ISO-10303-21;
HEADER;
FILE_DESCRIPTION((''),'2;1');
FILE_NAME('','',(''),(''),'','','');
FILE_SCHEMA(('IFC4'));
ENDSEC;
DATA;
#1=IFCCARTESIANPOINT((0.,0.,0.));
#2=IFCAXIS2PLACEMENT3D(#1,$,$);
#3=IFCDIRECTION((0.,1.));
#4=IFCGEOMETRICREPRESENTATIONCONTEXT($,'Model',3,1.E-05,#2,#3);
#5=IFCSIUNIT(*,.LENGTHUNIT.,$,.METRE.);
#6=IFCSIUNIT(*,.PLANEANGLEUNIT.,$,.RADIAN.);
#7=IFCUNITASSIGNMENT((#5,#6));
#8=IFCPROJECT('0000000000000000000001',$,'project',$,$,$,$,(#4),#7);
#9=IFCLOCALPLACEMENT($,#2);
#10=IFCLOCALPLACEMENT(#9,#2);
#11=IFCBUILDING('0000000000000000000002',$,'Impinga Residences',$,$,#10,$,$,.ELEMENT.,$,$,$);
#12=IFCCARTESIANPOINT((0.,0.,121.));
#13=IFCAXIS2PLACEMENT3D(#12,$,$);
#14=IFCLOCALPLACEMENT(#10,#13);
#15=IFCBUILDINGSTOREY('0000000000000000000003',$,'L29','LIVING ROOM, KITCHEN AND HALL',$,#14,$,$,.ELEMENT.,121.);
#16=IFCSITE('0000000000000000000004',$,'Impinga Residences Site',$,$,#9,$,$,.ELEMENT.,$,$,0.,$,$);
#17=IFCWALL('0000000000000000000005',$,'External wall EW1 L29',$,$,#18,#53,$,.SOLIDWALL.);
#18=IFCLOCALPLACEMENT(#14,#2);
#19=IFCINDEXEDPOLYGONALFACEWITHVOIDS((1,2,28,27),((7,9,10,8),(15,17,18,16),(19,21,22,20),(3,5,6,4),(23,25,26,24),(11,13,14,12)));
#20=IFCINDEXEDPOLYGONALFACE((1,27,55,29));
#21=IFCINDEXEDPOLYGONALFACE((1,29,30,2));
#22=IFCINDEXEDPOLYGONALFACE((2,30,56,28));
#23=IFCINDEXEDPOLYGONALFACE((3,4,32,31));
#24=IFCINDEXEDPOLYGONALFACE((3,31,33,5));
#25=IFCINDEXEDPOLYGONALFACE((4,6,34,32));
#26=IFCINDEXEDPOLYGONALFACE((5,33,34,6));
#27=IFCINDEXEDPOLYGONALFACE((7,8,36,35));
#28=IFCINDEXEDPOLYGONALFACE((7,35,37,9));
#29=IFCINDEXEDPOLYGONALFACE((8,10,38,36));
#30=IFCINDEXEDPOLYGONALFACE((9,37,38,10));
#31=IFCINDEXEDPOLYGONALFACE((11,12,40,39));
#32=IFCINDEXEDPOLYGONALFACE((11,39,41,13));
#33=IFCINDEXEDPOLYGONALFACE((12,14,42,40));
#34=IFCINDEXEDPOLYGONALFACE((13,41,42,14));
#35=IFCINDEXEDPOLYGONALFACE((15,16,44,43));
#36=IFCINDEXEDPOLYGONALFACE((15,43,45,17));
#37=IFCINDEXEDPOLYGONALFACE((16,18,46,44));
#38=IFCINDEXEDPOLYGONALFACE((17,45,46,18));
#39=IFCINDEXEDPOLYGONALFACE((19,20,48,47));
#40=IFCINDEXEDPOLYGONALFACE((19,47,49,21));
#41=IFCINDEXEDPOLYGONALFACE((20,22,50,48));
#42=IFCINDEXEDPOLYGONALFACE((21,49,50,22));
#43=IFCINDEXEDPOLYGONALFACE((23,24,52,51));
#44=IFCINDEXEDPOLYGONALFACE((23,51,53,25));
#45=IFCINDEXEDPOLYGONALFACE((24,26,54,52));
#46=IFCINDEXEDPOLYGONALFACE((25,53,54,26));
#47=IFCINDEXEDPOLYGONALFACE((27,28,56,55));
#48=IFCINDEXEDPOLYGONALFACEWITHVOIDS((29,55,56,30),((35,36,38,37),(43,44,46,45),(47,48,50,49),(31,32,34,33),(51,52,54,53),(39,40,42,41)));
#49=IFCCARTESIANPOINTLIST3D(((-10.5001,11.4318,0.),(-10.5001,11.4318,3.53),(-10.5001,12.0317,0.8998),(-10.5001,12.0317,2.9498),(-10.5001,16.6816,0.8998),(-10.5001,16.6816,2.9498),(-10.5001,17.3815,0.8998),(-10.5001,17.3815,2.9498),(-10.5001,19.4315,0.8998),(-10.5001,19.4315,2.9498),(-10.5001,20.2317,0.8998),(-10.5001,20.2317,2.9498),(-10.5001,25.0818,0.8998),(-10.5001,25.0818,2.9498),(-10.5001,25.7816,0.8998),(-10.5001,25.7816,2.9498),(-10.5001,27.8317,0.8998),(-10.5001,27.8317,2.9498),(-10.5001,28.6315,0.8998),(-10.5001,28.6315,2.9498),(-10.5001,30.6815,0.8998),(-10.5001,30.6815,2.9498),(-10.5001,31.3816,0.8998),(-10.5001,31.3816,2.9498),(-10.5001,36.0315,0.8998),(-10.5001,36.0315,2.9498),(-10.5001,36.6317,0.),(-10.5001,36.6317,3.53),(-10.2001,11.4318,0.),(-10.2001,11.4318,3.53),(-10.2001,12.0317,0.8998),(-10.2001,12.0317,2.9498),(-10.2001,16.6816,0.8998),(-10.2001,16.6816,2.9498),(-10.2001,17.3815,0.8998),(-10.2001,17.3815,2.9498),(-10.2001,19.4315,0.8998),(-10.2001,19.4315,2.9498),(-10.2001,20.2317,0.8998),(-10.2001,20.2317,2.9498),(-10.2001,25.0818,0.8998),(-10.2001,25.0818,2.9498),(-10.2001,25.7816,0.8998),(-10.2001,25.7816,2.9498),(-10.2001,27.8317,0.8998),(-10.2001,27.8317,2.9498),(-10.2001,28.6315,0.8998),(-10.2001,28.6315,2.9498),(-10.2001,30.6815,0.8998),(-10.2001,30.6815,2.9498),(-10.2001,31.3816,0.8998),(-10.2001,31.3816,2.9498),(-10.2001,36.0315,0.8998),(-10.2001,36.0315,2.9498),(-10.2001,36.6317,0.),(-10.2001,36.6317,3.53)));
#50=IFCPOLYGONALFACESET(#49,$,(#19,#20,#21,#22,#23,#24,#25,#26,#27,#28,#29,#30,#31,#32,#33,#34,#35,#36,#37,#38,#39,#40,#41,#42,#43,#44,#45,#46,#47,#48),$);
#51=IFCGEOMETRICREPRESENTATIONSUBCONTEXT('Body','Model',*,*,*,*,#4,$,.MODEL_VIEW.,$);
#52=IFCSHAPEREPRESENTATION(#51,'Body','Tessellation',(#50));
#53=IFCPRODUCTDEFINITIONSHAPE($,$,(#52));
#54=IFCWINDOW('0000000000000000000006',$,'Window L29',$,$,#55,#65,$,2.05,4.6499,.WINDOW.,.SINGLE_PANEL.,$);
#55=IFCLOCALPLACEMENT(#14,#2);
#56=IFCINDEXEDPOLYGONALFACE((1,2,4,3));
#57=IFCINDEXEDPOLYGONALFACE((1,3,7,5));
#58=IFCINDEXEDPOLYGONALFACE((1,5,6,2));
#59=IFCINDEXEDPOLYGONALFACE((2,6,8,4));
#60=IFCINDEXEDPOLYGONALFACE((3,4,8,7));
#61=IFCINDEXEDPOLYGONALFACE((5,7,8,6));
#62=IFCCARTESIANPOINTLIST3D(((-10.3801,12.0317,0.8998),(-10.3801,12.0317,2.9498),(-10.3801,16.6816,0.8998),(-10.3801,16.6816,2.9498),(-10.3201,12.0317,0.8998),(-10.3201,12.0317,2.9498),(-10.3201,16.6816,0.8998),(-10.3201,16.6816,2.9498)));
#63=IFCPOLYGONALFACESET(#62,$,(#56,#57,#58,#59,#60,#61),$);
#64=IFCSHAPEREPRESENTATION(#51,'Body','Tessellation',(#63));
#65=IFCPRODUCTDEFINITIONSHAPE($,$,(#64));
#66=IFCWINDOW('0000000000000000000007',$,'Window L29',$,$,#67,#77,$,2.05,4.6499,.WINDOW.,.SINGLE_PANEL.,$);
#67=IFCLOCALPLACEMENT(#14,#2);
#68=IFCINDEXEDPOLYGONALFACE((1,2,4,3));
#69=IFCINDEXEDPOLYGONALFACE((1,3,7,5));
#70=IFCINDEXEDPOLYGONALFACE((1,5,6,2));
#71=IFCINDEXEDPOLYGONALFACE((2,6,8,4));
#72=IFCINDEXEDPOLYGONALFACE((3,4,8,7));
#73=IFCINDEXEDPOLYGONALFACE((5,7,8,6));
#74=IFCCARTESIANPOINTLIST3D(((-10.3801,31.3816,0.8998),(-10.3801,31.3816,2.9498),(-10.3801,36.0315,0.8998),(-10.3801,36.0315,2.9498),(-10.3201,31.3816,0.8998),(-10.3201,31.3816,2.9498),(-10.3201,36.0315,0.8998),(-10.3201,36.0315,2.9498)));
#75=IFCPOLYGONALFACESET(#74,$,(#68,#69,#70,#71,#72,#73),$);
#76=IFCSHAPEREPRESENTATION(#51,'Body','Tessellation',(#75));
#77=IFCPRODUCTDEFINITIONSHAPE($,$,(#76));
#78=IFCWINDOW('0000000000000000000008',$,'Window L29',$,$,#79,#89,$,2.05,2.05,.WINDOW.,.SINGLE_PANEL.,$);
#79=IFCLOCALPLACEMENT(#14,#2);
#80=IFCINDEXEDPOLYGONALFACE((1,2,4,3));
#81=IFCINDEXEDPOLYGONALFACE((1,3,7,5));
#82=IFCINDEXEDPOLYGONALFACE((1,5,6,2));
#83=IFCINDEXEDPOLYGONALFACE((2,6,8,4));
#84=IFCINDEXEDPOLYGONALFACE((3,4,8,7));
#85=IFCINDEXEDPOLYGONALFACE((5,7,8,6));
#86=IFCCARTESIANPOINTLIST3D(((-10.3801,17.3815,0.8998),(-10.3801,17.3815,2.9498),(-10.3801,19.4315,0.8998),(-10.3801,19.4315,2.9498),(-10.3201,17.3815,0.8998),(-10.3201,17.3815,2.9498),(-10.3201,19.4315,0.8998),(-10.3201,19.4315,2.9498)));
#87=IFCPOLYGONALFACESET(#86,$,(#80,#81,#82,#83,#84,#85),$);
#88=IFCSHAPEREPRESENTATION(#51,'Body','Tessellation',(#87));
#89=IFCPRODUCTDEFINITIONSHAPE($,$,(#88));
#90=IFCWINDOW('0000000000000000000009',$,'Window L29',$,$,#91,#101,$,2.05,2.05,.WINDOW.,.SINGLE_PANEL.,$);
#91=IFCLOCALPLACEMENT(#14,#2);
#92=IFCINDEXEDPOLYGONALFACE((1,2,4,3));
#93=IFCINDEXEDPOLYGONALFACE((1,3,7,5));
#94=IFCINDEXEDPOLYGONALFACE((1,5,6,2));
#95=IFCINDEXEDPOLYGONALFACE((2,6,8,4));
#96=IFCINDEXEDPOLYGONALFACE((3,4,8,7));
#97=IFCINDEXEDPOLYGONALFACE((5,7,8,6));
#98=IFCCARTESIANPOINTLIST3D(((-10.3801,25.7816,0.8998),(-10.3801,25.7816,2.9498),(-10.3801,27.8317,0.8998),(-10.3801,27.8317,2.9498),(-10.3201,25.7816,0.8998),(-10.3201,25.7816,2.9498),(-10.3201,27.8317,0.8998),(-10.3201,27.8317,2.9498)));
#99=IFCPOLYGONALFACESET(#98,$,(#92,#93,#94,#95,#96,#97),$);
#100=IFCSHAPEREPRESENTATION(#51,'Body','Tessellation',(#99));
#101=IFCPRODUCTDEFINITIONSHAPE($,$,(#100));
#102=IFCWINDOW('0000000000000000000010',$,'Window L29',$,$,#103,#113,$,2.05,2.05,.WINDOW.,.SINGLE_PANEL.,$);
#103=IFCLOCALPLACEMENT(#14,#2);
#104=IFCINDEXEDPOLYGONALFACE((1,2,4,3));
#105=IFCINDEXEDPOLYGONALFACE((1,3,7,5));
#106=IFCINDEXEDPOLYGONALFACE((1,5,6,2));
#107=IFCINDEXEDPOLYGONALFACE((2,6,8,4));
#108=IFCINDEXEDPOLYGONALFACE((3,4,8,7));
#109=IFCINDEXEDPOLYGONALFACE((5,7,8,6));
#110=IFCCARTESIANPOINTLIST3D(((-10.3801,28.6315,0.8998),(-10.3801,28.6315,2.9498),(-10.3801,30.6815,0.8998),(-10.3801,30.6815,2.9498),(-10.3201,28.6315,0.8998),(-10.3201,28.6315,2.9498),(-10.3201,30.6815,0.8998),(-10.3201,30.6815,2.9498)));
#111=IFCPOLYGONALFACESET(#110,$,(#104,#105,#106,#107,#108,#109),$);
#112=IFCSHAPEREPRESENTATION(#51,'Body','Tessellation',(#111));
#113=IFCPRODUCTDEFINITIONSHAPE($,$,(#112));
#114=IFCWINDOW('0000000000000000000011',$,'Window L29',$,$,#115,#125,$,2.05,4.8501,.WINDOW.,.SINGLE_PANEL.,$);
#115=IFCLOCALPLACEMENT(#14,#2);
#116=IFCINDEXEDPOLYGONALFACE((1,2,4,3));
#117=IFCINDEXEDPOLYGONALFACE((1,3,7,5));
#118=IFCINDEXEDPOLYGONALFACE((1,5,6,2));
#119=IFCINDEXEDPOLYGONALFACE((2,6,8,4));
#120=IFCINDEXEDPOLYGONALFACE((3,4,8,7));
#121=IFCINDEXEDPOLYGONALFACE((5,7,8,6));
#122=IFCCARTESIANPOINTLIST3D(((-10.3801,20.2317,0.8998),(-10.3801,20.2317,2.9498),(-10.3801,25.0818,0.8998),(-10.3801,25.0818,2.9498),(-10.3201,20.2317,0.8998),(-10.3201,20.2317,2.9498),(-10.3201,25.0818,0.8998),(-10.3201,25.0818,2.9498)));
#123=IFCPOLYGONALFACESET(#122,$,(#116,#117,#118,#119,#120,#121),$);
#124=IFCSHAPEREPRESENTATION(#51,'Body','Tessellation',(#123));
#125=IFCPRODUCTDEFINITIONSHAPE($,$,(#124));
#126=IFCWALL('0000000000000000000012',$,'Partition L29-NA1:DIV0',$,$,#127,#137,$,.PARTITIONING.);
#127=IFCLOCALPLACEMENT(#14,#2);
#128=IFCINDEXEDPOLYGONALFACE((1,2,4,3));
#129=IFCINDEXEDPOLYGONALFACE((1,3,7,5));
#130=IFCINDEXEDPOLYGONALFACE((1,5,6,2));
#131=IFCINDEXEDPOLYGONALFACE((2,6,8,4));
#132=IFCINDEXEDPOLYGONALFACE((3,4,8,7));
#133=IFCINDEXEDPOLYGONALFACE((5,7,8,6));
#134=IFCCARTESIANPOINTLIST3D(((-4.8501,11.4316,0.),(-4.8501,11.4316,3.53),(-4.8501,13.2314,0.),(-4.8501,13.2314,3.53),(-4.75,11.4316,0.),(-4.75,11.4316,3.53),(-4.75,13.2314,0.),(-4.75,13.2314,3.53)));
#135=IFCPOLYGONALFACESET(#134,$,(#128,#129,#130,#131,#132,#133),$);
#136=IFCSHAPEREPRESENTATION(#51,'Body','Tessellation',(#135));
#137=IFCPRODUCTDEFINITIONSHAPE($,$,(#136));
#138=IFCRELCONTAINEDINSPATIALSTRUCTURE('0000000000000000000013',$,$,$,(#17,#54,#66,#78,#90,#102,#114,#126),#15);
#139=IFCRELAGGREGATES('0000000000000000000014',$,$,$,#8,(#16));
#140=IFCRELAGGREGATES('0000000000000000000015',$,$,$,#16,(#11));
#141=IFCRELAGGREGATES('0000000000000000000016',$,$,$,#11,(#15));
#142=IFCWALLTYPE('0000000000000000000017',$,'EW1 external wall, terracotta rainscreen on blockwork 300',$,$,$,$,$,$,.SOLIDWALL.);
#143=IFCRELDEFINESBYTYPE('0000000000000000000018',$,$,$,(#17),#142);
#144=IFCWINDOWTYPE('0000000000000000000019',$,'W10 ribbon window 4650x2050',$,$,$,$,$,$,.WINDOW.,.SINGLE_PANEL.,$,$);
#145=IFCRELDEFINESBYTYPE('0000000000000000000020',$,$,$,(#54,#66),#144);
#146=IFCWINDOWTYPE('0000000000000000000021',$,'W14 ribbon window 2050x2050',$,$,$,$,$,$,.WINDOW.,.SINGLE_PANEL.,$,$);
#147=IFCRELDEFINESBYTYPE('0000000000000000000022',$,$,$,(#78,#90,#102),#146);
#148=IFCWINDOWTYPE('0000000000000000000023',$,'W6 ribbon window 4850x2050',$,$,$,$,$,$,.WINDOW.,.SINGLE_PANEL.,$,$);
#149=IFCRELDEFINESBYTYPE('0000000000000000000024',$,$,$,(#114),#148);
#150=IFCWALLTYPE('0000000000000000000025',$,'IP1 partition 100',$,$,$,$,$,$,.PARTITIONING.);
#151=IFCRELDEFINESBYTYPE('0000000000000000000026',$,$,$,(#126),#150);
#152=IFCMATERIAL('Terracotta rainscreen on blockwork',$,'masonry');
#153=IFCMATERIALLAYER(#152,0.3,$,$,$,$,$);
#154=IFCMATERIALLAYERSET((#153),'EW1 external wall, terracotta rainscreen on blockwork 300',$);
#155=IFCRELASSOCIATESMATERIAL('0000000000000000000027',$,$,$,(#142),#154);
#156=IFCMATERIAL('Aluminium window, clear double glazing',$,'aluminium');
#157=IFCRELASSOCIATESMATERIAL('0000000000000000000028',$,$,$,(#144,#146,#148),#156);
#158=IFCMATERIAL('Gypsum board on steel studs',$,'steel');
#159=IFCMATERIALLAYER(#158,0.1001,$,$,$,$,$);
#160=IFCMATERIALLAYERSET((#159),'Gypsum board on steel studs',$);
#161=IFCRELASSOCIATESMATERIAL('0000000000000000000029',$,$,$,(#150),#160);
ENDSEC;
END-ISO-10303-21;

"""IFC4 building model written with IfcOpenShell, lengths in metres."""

from ifc_helpers import new_model, si_unit, direction, frame, frame_2d, origin, place, context, subcontext, project, spatial, rectangle, extrude, material, layer, layer_set, type_object, element, fill, save


model = new_model("IFC4")

# Units and contexts
model_context = context("Model", 3, precision=1e-05, world=origin(), true_north=direction((0.0, 1.0)))
body_context = subcontext(model_context, "Body", "Model", "MODEL_VIEW")
ifc_project = project(units=[si_unit("LENGTHUNIT", "METRE"), si_unit("PLANEANGLEUNIT", "RADIAN")], contexts=[model_context])

# Site, building, storey
site_placement = place(None, origin())
site = spatial("IfcSite", under=ifc_project, at=site_placement, Name="Impinga Residences Site", CompositionType="ELEMENT", RefElevation=0.0)
building_placement = place(site_placement, origin())
building = spatial("IfcBuilding", under=site, at=building_placement, Name="Impinga Residences", CompositionType="ELEMENT")
storey_placement = place(building_placement, frame((0.0, 0.0, 121.0)))
storey = spatial("IfcBuildingStorey", under=building, at=storey_placement, Name="L29", Description="LIVING ROOM, KITCHEN AND HALL", CompositionType="ELEMENT", Elevation=121.0)

# Shared definitions
ifc_material_1 = material(Name="Terracotta rainscreen on blockwork", Category="masonry")
ifc_layer_1 = layer(ifc_material_1, 0.3)
ifc_layer_set_1 = layer_set([ifc_layer_1], Name="EW1 external wall, terracotta rainscreen on blockwork 300")
wall_type_1 = type_object("IfcWallType", Name="EW1 external wall, terracotta rainscreen on blockwork 300", PredefinedType="SOLIDWALL", material=ifc_layer_set_1)

# Wall, openings, windows
wall_1_placement = place(storey_placement, frame((-10.3501, 11.4316, 0.0), z_axis=(0.0, 0.0, 1.0), x_axis=(0.0, 1.0, 0.0)))
wall_1 = element("IfcWall", 1, at=wall_1_placement, inside=storey, type_object=wall_type_1, Name="External wall EW1 L29", PredefinedType="SOLIDWALL", context=body_context, shape_type="SweptSolid", body=[
    extrude(rectangle(XDim=25.2, YDim=0.3, at=frame_2d((12.6001, 0.0))), origin(), (0.0, 0.0, 1.0), 3.53),
])
opening_1_placement = place(wall_1_placement, frame((0.6001, 0.0, 0.8999)))
opening_1 = element("IfcOpeningElement", 2, at=opening_1_placement, cuts=wall_1, PredefinedType="OPENING", context=body_context, shape_type="SweptSolid", body=[
    extrude(rectangle(XDim=4.6499, YDim=2.05, at=frame_2d((2.325, 1.0249))), frame((0.0, 0.1599, 0.0), z_axis=(0.0, -1.0, 0.0), x_axis=(1.0, 0.0, 0.0)), (0.0, 0.0, 1.0), 0.3201),
])
opening_2_placement = place(wall_1_placement, frame((5.95, 0.0, 0.8999)))
opening_2 = element("IfcOpeningElement", 3, at=opening_2_placement, cuts=wall_1, PredefinedType="OPENING", context=body_context, shape_type="SweptSolid", body=[
    extrude(rectangle(XDim=2.05, YDim=2.05, at=frame_2d((1.0249, 1.0249))), frame((0.0, 0.1599, 0.0), z_axis=(0.0, -1.0, 0.0), x_axis=(1.0, 0.0, 0.0)), (0.0, 0.0, 1.0), 0.3201),
])
opening_3_placement = place(wall_1_placement, frame((8.8, 0.0, 0.8999)))
opening_3 = element("IfcOpeningElement", 4, at=opening_3_placement, cuts=wall_1, PredefinedType="OPENING", context=body_context, shape_type="SweptSolid", body=[
    extrude(rectangle(XDim=4.8501, YDim=2.05, at=frame_2d((2.425, 1.0249))), frame((0.0, 0.1599, 0.0), z_axis=(0.0, -1.0, 0.0), x_axis=(1.0, 0.0, 0.0)), (0.0, 0.0, 1.0), 0.3201),
])
opening_4_placement = place(wall_1_placement, frame((14.3501, 0.0, 0.8999)))
opening_4 = element("IfcOpeningElement", 5, at=opening_4_placement, cuts=wall_1, PredefinedType="OPENING", context=body_context, shape_type="SweptSolid", body=[
    extrude(rectangle(XDim=2.05, YDim=2.05, at=frame_2d((1.0249, 1.0249))), frame((0.0, 0.1599, 0.0), z_axis=(0.0, -1.0, 0.0), x_axis=(1.0, 0.0, 0.0)), (0.0, 0.0, 1.0), 0.3201),
])
opening_5_placement = place(wall_1_placement, frame((17.2, 0.0, 0.8999)))
opening_5 = element("IfcOpeningElement", 6, at=opening_5_placement, cuts=wall_1, PredefinedType="OPENING", context=body_context, shape_type="SweptSolid", body=[
    extrude(rectangle(XDim=2.05, YDim=2.05, at=frame_2d((1.0249, 1.0249))), frame((0.0, 0.1599, 0.0), z_axis=(0.0, -1.0, 0.0), x_axis=(1.0, 0.0, 0.0)), (0.0, 0.0, 1.0), 0.3201),
])
opening_6_placement = place(wall_1_placement, frame((19.95, 0.0, 0.8999)))
opening_6 = element("IfcOpeningElement", 7, at=opening_6_placement, cuts=wall_1, PredefinedType="OPENING", context=body_context, shape_type="SweptSolid", body=[
    extrude(rectangle(XDim=4.6499, YDim=2.05, at=frame_2d((2.325, 1.0249))), frame((0.0, 0.1599, 0.0), z_axis=(0.0, -1.0, 0.0), x_axis=(1.0, 0.0, 0.0)), (0.0, 0.0, 1.0), 0.3201),
])
ifc_material_2 = material(Name="Aluminium window, clear double glazing", Category="aluminium")
window_type_1 = type_object("IfcWindowType", Name="W10 ribbon window 4650x2050", PartitioningType="SINGLE_PANEL", PredefinedType="WINDOW", material=ifc_material_2)
window_1_placement = place(opening_1_placement, origin())
window_1 = element("IfcWindow", 8, at=window_1_placement, inside=storey, type_object=window_type_1, Name="Window L29", OverallHeight=2.05, OverallWidth=4.6499, PartitioningType="SINGLE_PANEL", PredefinedType="WINDOW", context=body_context, shape_type="SweptSolid", body=[
    extrude(rectangle(XDim=4.6499, YDim=2.05, at=frame_2d((2.325, 1.0249))), frame((0.0, 0.03, 0.0), z_axis=(0.0, -1.0, 0.0), x_axis=(1.0, 0.0, 0.0)), (0.0, 0.0, 1.0), 0.0601),
])
fill(opening_1, window_1)
window_2_placement = place(opening_6_placement, origin())
window_2 = element("IfcWindow", 9, at=window_2_placement, inside=storey, type_object=window_type_1, Name="Window L29", OverallHeight=2.05, OverallWidth=4.6499, PartitioningType="SINGLE_PANEL", PredefinedType="WINDOW", context=body_context, shape_type="SweptSolid", body=[
    extrude(rectangle(XDim=4.6499, YDim=2.05, at=frame_2d((2.325, 1.0249))), frame((0.0, 0.03, 0.0), z_axis=(0.0, -1.0, 0.0), x_axis=(1.0, 0.0, 0.0)), (0.0, 0.0, 1.0), 0.0601),
])
fill(opening_6, window_2)
window_type_2 = type_object("IfcWindowType", Name="W14 ribbon window 2050x2050", PartitioningType="SINGLE_PANEL", PredefinedType="WINDOW", material=ifc_material_2)
window_3_placement = place(opening_2_placement, origin())
window_3 = element("IfcWindow", 10, at=window_3_placement, inside=storey, type_object=window_type_2, Name="Window L29", OverallHeight=2.05, OverallWidth=2.05, PartitioningType="SINGLE_PANEL", PredefinedType="WINDOW", context=body_context, shape_type="SweptSolid", body=[
    extrude(rectangle(XDim=2.05, YDim=2.05, at=frame_2d((1.0249, 1.0249))), frame((0.0, 0.03, 0.0), z_axis=(0.0, -1.0, 0.0), x_axis=(1.0, 0.0, 0.0)), (0.0, 0.0, 1.0), 0.0601),
])
fill(opening_2, window_3)
window_4_placement = place(opening_4_placement, origin())
window_4 = element("IfcWindow", 11, at=window_4_placement, inside=storey, type_object=window_type_2, Name="Window L29", OverallHeight=2.05, OverallWidth=2.05, PartitioningType="SINGLE_PANEL", PredefinedType="WINDOW", context=body_context, shape_type="SweptSolid", body=[
    extrude(rectangle(XDim=2.05, YDim=2.05, at=frame_2d((1.0249, 1.0249))), frame((0.0, 0.03, 0.0), z_axis=(0.0, -1.0, 0.0), x_axis=(1.0, 0.0, 0.0)), (0.0, 0.0, 1.0), 0.0601),
])
fill(opening_4, window_4)
window_5_placement = place(opening_5_placement, origin())
window_5 = element("IfcWindow", 12, at=window_5_placement, inside=storey, type_object=window_type_2, Name="Window L29", OverallHeight=2.05, OverallWidth=2.05, PartitioningType="SINGLE_PANEL", PredefinedType="WINDOW", context=body_context, shape_type="SweptSolid", body=[
    extrude(rectangle(XDim=2.05, YDim=2.05, at=frame_2d((1.0249, 1.0249))), frame((0.0, 0.03, 0.0), z_axis=(0.0, -1.0, 0.0), x_axis=(1.0, 0.0, 0.0)), (0.0, 0.0, 1.0), 0.0601),
])
fill(opening_5, window_5)
window_type_3 = type_object("IfcWindowType", Name="W6 ribbon window 4850x2050", PartitioningType="SINGLE_PANEL", PredefinedType="WINDOW", material=ifc_material_2)
window_6_placement = place(opening_3_placement, origin())
window_6 = element("IfcWindow", 13, at=window_6_placement, inside=storey, type_object=window_type_3, Name="Window L29", OverallHeight=2.05, OverallWidth=4.8501, PartitioningType="SINGLE_PANEL", PredefinedType="WINDOW", context=body_context, shape_type="SweptSolid", body=[
    extrude(rectangle(XDim=4.8501, YDim=2.05, at=frame_2d((2.425, 1.0249))), frame((0.0, 0.03, 0.0), z_axis=(0.0, -1.0, 0.0), x_axis=(1.0, 0.0, 0.0)), (0.0, 0.0, 1.0), 0.0601),
])
fill(opening_3, window_6)

# Wall
ifc_material_3 = material(Name="Gypsum board on steel studs", Category="steel")
ifc_layer_2 = layer(ifc_material_3, 0.1001)
ifc_layer_set_2 = layer_set([ifc_layer_2], Name="Gypsum board on steel studs")
wall_type_2 = type_object("IfcWallType", Name="IP1 partition 100", PredefinedType="PARTITIONING", material=ifc_layer_set_2)
wall_2_placement = place(storey_placement, frame((-4.8, 11.4316, 0.0), z_axis=(0.0, 0.0, 1.0), x_axis=(0.0, 1.0, 0.0)))
element("IfcWall", 14, at=wall_2_placement, inside=storey, type_object=wall_type_2, Name="Partition L29-NA1:DIV0", PredefinedType="PARTITIONING", context=body_context, shape_type="SweptSolid", body=[
    extrude(rectangle(XDim=1.7998, YDim=0.1001, at=frame_2d((0.8999, 0.0))), origin(), (0.0, 0.0, 1.0), 3.53),
])

save(model, "model.ifc")
